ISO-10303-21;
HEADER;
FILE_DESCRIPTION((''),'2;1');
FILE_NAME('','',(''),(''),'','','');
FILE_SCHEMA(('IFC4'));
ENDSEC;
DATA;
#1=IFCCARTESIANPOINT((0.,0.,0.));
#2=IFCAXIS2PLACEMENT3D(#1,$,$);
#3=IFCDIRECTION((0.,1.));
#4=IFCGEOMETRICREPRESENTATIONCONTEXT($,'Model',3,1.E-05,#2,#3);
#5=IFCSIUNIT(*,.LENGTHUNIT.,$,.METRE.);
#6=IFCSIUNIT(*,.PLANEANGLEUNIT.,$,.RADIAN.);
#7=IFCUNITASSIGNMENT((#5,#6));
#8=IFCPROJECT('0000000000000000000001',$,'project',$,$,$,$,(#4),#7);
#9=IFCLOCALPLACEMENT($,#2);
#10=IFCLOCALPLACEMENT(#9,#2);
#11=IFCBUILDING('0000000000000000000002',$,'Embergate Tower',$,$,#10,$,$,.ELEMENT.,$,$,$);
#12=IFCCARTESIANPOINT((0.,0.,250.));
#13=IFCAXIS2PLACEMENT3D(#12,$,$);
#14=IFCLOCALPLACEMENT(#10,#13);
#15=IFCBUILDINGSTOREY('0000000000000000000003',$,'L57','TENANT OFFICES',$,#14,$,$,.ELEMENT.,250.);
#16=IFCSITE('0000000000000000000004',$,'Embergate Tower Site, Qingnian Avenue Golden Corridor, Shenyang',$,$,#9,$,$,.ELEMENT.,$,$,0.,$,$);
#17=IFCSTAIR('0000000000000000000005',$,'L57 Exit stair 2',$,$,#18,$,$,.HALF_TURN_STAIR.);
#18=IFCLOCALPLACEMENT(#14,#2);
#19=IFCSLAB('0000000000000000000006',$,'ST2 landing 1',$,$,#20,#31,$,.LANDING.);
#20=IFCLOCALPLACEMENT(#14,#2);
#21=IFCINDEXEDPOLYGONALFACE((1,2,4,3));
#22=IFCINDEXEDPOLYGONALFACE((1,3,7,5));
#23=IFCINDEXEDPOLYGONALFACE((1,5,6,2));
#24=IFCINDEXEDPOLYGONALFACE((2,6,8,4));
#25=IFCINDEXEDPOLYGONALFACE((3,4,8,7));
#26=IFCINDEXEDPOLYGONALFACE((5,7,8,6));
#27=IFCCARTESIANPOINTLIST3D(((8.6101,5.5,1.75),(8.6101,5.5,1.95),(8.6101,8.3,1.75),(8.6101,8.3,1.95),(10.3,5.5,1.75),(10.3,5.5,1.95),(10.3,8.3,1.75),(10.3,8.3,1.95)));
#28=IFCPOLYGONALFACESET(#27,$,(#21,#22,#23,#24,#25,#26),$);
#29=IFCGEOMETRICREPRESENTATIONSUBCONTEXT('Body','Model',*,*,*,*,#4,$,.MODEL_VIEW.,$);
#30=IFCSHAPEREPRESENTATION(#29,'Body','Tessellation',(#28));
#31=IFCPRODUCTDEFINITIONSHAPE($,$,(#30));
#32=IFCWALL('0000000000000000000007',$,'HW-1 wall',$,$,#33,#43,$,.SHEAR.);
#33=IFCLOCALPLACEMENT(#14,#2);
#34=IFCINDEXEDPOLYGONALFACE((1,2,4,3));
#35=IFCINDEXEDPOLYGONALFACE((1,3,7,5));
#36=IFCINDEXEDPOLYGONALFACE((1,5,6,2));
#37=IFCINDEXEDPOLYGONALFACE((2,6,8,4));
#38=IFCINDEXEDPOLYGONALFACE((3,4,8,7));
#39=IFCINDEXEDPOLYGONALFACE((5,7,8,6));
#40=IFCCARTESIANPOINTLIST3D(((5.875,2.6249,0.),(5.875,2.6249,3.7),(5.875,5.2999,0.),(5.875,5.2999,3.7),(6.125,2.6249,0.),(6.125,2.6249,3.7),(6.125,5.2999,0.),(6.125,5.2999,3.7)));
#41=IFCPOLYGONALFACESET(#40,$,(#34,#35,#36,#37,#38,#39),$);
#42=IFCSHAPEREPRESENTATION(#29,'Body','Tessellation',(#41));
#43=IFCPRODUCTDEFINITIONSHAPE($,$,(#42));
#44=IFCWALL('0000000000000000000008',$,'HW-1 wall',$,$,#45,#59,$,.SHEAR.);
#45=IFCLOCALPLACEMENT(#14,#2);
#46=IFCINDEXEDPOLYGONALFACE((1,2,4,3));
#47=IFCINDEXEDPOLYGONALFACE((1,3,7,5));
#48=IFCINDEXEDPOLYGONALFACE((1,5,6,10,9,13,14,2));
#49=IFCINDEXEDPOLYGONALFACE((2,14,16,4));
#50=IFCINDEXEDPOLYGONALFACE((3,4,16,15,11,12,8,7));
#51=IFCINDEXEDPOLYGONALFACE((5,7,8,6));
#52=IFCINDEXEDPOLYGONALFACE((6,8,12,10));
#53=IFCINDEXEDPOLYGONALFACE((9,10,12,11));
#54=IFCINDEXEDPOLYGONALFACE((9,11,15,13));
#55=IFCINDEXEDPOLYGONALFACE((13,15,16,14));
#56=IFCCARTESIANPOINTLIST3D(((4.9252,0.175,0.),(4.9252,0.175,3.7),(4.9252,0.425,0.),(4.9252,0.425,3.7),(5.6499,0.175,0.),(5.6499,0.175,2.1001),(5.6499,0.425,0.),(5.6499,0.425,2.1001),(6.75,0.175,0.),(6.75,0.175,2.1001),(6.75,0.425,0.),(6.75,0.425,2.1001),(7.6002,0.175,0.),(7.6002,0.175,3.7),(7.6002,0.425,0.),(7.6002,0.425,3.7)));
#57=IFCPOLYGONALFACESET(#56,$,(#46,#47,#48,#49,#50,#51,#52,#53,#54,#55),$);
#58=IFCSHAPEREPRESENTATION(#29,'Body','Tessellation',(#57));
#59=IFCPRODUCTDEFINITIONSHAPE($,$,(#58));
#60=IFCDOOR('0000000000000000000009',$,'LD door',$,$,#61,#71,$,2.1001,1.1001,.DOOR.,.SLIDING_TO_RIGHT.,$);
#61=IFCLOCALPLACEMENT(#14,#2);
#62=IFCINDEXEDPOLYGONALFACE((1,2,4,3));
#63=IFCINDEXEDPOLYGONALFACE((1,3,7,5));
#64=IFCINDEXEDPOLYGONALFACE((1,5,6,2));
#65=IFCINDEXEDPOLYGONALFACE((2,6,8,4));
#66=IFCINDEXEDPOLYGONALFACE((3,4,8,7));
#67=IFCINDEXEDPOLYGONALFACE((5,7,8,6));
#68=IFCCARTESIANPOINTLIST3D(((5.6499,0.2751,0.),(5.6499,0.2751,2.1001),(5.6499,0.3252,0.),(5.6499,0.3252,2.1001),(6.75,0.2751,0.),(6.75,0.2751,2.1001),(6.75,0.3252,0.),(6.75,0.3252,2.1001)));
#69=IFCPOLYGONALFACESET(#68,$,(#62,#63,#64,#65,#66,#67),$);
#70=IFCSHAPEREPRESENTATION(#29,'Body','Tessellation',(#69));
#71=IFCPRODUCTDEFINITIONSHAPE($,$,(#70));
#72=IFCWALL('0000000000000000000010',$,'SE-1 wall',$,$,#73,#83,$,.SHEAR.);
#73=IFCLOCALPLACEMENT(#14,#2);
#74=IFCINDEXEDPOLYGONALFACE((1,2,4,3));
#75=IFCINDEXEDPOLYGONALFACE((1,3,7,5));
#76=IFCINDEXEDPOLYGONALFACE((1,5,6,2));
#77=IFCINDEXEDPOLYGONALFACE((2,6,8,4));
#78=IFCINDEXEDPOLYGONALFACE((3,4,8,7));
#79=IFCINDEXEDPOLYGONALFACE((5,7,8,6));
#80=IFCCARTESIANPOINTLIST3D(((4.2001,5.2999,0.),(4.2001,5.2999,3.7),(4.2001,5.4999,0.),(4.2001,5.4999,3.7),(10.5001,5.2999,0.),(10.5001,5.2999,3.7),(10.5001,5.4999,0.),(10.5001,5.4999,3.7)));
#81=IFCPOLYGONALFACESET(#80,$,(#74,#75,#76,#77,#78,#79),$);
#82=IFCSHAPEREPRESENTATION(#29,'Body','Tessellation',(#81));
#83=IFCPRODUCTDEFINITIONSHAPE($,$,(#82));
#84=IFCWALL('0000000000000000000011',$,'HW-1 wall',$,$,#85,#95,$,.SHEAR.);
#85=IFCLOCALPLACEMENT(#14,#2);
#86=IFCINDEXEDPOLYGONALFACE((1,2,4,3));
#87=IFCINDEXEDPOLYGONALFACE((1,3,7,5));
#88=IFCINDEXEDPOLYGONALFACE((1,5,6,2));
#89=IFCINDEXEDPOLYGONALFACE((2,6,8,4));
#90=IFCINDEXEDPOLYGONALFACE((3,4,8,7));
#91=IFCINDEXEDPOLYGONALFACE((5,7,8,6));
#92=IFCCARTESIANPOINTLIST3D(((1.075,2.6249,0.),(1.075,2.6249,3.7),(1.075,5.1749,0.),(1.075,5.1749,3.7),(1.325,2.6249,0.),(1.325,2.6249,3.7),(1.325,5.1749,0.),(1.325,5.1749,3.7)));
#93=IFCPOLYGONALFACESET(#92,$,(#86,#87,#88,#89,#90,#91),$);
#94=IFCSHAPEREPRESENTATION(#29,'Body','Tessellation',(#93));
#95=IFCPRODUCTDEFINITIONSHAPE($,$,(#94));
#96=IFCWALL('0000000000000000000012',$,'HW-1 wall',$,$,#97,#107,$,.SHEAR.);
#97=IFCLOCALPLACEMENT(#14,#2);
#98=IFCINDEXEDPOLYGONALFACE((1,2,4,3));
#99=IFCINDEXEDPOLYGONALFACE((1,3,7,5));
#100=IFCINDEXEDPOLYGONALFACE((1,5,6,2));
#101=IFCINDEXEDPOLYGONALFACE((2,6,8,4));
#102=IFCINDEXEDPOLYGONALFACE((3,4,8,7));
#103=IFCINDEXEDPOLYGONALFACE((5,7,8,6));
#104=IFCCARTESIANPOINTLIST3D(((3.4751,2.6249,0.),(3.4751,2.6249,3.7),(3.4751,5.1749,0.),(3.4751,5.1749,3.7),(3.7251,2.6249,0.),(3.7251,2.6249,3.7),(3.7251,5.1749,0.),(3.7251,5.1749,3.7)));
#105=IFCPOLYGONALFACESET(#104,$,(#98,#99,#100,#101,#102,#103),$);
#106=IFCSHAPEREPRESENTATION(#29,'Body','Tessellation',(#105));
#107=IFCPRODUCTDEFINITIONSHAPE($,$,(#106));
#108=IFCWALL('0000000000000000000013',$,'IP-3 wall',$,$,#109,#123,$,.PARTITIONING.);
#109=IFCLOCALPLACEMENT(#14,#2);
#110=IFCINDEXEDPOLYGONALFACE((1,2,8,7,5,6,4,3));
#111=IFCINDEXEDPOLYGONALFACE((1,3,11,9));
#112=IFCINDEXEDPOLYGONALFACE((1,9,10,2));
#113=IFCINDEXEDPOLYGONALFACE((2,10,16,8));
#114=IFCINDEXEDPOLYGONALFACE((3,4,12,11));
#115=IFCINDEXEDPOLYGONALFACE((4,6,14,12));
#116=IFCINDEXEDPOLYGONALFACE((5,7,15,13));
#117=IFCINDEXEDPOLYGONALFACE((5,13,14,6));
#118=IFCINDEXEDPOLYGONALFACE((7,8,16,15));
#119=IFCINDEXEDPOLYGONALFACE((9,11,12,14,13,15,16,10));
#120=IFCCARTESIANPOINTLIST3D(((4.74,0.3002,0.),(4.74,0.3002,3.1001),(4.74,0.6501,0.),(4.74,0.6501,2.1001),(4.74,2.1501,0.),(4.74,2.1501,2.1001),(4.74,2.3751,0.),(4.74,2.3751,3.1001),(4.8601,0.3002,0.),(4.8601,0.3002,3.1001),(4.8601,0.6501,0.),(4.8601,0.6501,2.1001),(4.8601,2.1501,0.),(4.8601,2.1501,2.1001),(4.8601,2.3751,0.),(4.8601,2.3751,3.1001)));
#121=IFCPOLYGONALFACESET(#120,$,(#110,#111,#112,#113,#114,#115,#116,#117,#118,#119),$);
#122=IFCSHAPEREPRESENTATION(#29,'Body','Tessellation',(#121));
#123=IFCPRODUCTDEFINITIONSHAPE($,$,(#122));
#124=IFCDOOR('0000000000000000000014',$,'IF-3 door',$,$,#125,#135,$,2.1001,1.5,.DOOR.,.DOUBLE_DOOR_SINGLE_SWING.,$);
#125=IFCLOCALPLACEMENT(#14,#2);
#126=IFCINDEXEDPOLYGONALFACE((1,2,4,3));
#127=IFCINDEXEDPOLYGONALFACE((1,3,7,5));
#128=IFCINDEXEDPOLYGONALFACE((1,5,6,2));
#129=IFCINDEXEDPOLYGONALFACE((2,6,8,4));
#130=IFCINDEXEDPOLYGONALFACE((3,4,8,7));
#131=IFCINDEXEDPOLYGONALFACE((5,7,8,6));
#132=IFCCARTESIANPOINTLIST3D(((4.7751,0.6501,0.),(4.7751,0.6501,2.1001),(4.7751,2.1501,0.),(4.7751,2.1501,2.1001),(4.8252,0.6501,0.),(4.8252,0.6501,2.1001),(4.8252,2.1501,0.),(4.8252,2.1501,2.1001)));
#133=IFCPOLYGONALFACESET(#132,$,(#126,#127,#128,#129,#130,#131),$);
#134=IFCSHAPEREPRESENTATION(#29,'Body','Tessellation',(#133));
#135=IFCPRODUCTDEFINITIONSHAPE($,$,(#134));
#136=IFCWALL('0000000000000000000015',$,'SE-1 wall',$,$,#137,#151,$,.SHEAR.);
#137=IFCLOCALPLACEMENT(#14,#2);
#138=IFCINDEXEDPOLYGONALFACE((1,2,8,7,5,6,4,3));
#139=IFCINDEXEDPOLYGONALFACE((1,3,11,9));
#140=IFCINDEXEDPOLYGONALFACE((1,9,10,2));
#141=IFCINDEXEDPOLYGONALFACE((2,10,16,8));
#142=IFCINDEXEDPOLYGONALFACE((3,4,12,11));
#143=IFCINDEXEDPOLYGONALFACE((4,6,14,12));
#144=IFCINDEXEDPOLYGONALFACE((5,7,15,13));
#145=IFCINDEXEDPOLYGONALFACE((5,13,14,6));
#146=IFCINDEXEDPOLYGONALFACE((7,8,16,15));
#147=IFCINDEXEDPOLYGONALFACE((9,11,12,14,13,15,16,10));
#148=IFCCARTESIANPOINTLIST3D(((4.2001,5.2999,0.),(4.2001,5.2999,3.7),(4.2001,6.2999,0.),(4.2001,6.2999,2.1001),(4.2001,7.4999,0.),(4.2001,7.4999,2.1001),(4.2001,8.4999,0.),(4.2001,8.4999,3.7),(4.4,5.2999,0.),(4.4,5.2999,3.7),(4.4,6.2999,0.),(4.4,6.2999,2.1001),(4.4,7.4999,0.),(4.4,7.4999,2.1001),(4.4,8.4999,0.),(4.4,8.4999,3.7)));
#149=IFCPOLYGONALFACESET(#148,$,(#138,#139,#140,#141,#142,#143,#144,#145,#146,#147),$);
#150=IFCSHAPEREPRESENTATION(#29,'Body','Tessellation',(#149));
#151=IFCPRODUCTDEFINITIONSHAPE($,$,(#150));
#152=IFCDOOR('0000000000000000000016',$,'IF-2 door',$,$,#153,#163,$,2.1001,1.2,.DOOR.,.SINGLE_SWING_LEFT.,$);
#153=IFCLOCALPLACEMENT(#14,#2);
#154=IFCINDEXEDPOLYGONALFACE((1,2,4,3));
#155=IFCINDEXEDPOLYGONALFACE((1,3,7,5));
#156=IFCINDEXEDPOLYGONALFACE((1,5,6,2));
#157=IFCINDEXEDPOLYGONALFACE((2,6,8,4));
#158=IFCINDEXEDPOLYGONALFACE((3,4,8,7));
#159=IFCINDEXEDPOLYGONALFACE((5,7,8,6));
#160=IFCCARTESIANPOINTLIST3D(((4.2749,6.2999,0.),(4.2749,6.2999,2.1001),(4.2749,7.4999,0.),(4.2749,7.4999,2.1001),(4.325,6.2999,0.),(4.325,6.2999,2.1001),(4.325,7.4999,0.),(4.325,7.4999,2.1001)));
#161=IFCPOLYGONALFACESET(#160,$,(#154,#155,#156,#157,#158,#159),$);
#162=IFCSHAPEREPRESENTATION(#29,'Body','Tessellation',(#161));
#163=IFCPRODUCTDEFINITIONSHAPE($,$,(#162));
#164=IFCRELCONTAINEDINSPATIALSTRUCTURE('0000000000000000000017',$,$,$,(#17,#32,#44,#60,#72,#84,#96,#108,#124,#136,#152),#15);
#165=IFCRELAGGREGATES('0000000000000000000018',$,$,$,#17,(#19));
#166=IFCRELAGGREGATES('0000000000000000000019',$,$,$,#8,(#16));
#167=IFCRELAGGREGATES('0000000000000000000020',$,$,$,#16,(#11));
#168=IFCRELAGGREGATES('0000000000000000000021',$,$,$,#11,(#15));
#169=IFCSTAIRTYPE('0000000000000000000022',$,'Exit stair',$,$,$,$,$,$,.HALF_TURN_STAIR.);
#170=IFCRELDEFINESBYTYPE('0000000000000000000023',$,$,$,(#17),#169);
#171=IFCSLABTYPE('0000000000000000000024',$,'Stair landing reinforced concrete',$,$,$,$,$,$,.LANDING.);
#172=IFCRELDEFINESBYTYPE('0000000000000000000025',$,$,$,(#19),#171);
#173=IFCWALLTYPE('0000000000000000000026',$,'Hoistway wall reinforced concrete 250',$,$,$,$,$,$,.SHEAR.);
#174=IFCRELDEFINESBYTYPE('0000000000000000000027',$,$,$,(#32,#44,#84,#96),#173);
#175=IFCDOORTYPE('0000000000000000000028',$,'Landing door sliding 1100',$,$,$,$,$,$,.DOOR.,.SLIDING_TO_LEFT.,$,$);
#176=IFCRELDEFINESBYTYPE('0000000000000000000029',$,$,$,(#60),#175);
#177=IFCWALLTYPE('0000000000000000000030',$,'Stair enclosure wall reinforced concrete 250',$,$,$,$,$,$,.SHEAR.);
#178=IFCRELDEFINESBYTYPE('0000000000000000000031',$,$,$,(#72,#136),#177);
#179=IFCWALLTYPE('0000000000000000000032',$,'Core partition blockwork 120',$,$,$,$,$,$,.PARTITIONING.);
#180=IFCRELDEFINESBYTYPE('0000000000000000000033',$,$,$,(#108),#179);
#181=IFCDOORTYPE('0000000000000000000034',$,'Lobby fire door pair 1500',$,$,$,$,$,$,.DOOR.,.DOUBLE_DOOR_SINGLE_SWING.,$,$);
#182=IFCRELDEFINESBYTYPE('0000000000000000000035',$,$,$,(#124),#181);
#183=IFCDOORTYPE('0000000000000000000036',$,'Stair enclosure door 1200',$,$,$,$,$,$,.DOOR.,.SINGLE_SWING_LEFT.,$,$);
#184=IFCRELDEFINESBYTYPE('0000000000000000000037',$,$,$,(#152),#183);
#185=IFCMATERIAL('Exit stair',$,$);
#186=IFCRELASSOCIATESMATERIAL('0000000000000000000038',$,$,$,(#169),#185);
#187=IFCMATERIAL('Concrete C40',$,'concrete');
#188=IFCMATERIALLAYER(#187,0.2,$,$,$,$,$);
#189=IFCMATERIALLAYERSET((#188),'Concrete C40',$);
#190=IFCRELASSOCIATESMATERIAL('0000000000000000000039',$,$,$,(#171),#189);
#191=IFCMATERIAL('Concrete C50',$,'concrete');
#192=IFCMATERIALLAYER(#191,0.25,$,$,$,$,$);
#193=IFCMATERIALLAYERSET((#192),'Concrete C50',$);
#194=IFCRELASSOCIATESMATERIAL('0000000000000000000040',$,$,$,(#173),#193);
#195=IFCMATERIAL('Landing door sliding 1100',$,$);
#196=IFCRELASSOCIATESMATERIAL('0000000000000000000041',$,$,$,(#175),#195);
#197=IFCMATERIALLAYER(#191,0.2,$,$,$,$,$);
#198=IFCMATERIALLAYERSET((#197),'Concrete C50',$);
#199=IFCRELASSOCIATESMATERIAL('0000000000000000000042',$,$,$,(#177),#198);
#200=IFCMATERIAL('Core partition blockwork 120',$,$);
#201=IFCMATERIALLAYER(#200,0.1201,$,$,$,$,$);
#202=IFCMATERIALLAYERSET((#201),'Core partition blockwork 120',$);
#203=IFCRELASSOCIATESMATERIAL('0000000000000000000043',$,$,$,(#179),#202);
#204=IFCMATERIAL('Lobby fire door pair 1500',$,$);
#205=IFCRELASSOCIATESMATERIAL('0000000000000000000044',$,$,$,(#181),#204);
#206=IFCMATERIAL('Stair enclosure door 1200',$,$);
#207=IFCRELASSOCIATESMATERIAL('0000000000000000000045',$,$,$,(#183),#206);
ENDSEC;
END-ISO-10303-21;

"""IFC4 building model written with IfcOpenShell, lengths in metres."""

from ifc_helpers import new_model, si_unit, direction, frame, frame_2d, origin, place, context, subcontext, project, spatial, polyline, rectangle, outline, extrude, source, transform, mapped, material, layer, layer_set, type_object, element, fill, aggregate, save


model = new_model("IFC4")

# Units and contexts
model_context = context("Model", 3, precision=1e-05, world=origin(), true_north=direction((0.0, 1.0)))
body_context = subcontext(model_context, "Body", "Model", "MODEL_VIEW")
ifc_project = project(units=[si_unit("LENGTHUNIT", "METRE"), si_unit("PLANEANGLEUNIT", "RADIAN")], contexts=[model_context])

# Site, building, storey
site_placement = place(None, origin())
site = spatial("IfcSite", under=ifc_project, at=site_placement, Name="Embergate Tower Site, Qingnian Avenue Golden Corridor, Shenyang", CompositionType="ELEMENT", RefElevation=0.0)
building_placement = place(site_placement, origin())
building = spatial("IfcBuilding", under=site, at=building_placement, Name="Embergate Tower", CompositionType="ELEMENT")
storey_placement = place(building_placement, frame((0.0, 0.0, 250.0)))
storey = spatial("IfcBuildingStorey", under=building, at=storey_placement, Name="L57", Description="TENANT OFFICES", CompositionType="ELEMENT", Elevation=250.0)

# Stair, slab
ifc_material_1 = material(Name="Exit stair")
stair_type = type_object("IfcStairType", Name="Exit stair", PredefinedType="HALF_TURN_STAIR", material=ifc_material_1)
stair_placement = place(storey_placement, origin())
stair = element("IfcStair", 1, at=stair_placement, inside=storey, type_object=stair_type, Name="L57 Exit stair 2", PredefinedType="HALF_TURN_STAIR")
ifc_material_2 = material(Name="Concrete C40", Category="concrete")
ifc_layer_1 = layer(ifc_material_2, 0.2)
ifc_layer_set_1 = layer_set([ifc_layer_1], Name="Concrete C40")
slab_type = type_object("IfcSlabType", Name="Stair landing reinforced concrete", PredefinedType="LANDING", material=ifc_layer_set_1)
shared_shape_1 = source(origin(), body_context, "Body", "SweptSolid", [
    extrude(outline(polyline([(0.0, 0.0), (1.6899, 0.0), (1.6899, 2.8), (0.0, 2.8), (0.0, 0.0)])), origin(), (0.0, 0.0, 1.0), 0.2),
])
slab_placement = place(storey_placement, frame((8.6101, 5.5, 1.75)))
slab = element("IfcSlab", 2, at=slab_placement, type_object=slab_type, Name="ST2 landing 1", PredefinedType="LANDING", context=body_context, shape_type="MappedRepresentation", body=[
    mapped(shared_shape_1, transform((0.0, 0.0, 0.0))),
])

# Wall
ifc_material_3 = material(Name="Concrete C50", Category="concrete")
ifc_layer_2 = layer(ifc_material_3, 0.25)
ifc_layer_set_2 = layer_set([ifc_layer_2], Name="Concrete C50")
wall_type_1 = type_object("IfcWallType", Name="Hoistway wall reinforced concrete 250", PredefinedType="SHEAR", material=ifc_layer_set_2)
shared_shape_2 = source(origin(), body_context, "Body", "SweptSolid", [
    extrude(rectangle(XDim=2.675, YDim=0.25, at=frame_2d((1.3374, 0.0))), origin(), (0.0, 0.0, 1.0), 3.7),
])
wall_1_placement = place(storey_placement, frame((6.0, 2.625, 0.0), z_axis=(0.0, 0.0, 1.0), x_axis=(0.0, 1.0, 0.0)))
element("IfcWall", 3, at=wall_1_placement, inside=storey, type_object=wall_type_1, Name="HW-1 wall", PredefinedType="SHEAR", context=body_context, shape_type="MappedRepresentation", body=[
    mapped(shared_shape_2, transform((0.0, 0.0, 0.0))),
])

# Wall, opening, door
wall_2_placement = place(storey_placement, frame((7.6001, 0.3, 0.0), z_axis=(0.0, 0.0, 1.0), x_axis=(-1.0, 0.0, 0.0)))
wall_2 = element("IfcWall", 4, at=wall_2_placement, inside=storey, type_object=wall_type_1, Name="HW-1 wall", PredefinedType="SHEAR", context=body_context, shape_type="MappedRepresentation", body=[
    mapped(shared_shape_2, transform((0.0, 0.0, 0.0))),
])
shared_shape_3 = source(origin(), body_context, "Body", "SweptSolid", [
    extrude(rectangle(XDim=1.1001, YDim=2.1001, at=frame_2d((0.55, 1.05))), frame((0.0, 0.135, 0.0), z_axis=(0.0, -1.0, 0.0), x_axis=(1.0, 0.0, 0.0)), (0.0, 0.0, 1.0), 0.27),
])
opening_1_placement = place(wall_2_placement, frame((0.8501, 0.0, 0.0)))
opening_1 = element("IfcOpeningElement", 5, at=opening_1_placement, cuts=wall_2, PredefinedType="OPENING", context=body_context, shape_type="MappedRepresentation", body=[
    mapped(shared_shape_3, transform((0.0, 0.0, 0.0))),
])
ifc_material_4 = material(Name="Landing door sliding 1100")
door_type_1 = type_object("IfcDoorType", Name="Landing door sliding 1100", OperationType="SLIDING_TO_LEFT", PredefinedType="DOOR", material=ifc_material_4)
shared_shape_4 = source(origin(), body_context, "Body", "SweptSolid", [
    extrude(rectangle(XDim=1.1001, YDim=2.1001, at=frame_2d((0.55, 1.05))), frame((0.0, 0.0249, 0.0), z_axis=(0.0, -1.0, 0.0), x_axis=(1.0, 0.0, 0.0)), (0.0, 0.0, 1.0), 0.05),
])
door_1_placement = place(opening_1_placement, origin())
door_1 = element("IfcDoor", 6, at=door_1_placement, inside=storey, type_object=door_type_1, Name="LD door", OperationType="SLIDING_TO_RIGHT", OverallHeight=2.1001, OverallWidth=1.1001, PredefinedType="DOOR", context=body_context, shape_type="MappedRepresentation", body=[
    mapped(shared_shape_4, transform((0.0, 0.0, 0.0))),
])
fill(opening_1, door_1)

# Walls
ifc_layer_3 = layer(ifc_material_3, 0.2)
ifc_layer_set_3 = layer_set([ifc_layer_3], Name="Concrete C50")
wall_type_2 = type_object("IfcWallType", Name="Stair enclosure wall reinforced concrete 250", PredefinedType="SHEAR", material=ifc_layer_set_3)
shared_shape_5 = source(origin(), body_context, "Body", "SweptSolid", [
    extrude(rectangle(XDim=6.3, YDim=0.2, at=frame_2d((3.1499, 0.0))), origin(), (0.0, 0.0, 1.0), 3.7),
])
wall_3_placement = place(storey_placement, frame((10.5, 5.3999, 0.0), z_axis=(0.0, 0.0, 1.0), x_axis=(-1.0, 0.0, 0.0)))
element("IfcWall", 7, at=wall_3_placement, inside=storey, type_object=wall_type_2, Name="SE-1 wall", PredefinedType="SHEAR", context=body_context, shape_type="MappedRepresentation", body=[
    mapped(shared_shape_5, transform((0.0, 0.0, 0.0))),
])
shared_shape_6 = source(origin(), body_context, "Body", "SweptSolid", [
    extrude(rectangle(XDim=2.55, YDim=0.25, at=frame_2d((1.2749, 0.0))), origin(), (0.0, 0.0, 1.0), 3.7),
])
for number, where, z_axis, x_axis, name in (
    (8, (1.2, 2.625, 0.0), (0.0, 0.0, 1.0), (0.0, 1.0, 0.0), "HW-1 wall"),
    (9, (3.6001, 2.625, 0.0), (0.0, 0.0, 1.0), (0.0, 1.0, 0.0), "HW-1 wall"),
):
    element("IfcWall", number, at=place(storey_placement, frame(where, z_axis=z_axis, x_axis=x_axis)), inside=storey, type_object=wall_type_1, Name=name, PredefinedType="SHEAR", context=body_context, shape_type="MappedRepresentation", body=[
        mapped(shared_shape_6, transform((0.0, 0.0, 0.0))),
    ])

# Walls, openings, doors
ifc_material_5 = material(Name="Core partition blockwork 120")
ifc_layer_4 = layer(ifc_material_5, 0.1201)
ifc_layer_set_4 = layer_set([ifc_layer_4], Name="Core partition blockwork 120")
wall_type_3 = type_object("IfcWallType", Name="Core partition blockwork 120", PredefinedType="PARTITIONING", material=ifc_layer_set_4)
shared_shape_7 = source(origin(), body_context, "Body", "SweptSolid", [
    extrude(rectangle(XDim=2.075, YDim=0.1201, at=frame_2d((1.0376, 0.0))), origin(), (0.0, 0.0, 1.0), 3.1001),
])
wall_4_placement = place(storey_placement, frame((4.8, 0.3, 0.0), z_axis=(0.0, 0.0, 1.0), x_axis=(0.0, 1.0, 0.0)))
wall_4 = element("IfcWall", 10, at=wall_4_placement, inside=storey, type_object=wall_type_3, Name="IP-3 wall", PredefinedType="PARTITIONING", context=body_context, shape_type="MappedRepresentation", body=[
    mapped(shared_shape_7, transform((0.0, 0.0, 0.0))),
])
shared_shape_8 = source(origin(), body_context, "Body", "SweptSolid", [
    extrude(rectangle(XDim=1.5, YDim=2.1001, at=frame_2d((0.75, 1.05))), frame((0.0, 0.0701, 0.0), z_axis=(0.0, -1.0, 0.0), x_axis=(1.0, 0.0, 0.0)), (0.0, 0.0, 1.0), 0.1401),
])
opening_2_placement = place(wall_4_placement, frame((0.3501, 0.0, 0.0)))
opening_2 = element("IfcOpeningElement", 11, at=opening_2_placement, cuts=wall_4, PredefinedType="OPENING", context=body_context, shape_type="MappedRepresentation", body=[
    mapped(shared_shape_8, transform((0.0, 0.0, 0.0))),
])
ifc_material_6 = material(Name="Lobby fire door pair 1500")
door_type_2 = type_object("IfcDoorType", Name="Lobby fire door pair 1500", OperationType="DOUBLE_DOOR_SINGLE_SWING", PredefinedType="DOOR", material=ifc_material_6)
shared_shape_9 = source(origin(), body_context, "Body", "SweptSolid", [
    extrude(rectangle(XDim=1.5, YDim=2.1001, at=frame_2d((0.75, 1.05))), frame((0.0, 0.0249, 0.0), z_axis=(0.0, -1.0, 0.0), x_axis=(1.0, 0.0, 0.0)), (0.0, 0.0, 1.0), 0.05),
])
door_2_placement = place(opening_2_placement, origin())
door_2 = element("IfcDoor", 12, at=door_2_placement, inside=storey, type_object=door_type_2, Name="IF-3 door", OperationType="DOUBLE_DOOR_SINGLE_SWING", OverallHeight=2.1001, OverallWidth=1.5, PredefinedType="DOOR", context=body_context, shape_type="MappedRepresentation", body=[
    mapped(shared_shape_9, transform((0.0, 0.0, 0.0))),
])
fill(opening_2, door_2)
shared_shape_10 = source(origin(), body_context, "Body", "SweptSolid", [
    extrude(rectangle(XDim=3.2, YDim=0.2, at=frame_2d((1.6001, 0.0))), origin(), (0.0, 0.0, 1.0), 3.7),
])
wall_5_placement = place(storey_placement, frame((4.3, 8.5, 0.0), z_axis=(0.0, 0.0, 1.0), x_axis=(0.0, -1.0, 0.0)))
wall_5 = element("IfcWall", 13, at=wall_5_placement, inside=storey, type_object=wall_type_2, Name="SE-1 wall", PredefinedType="SHEAR", context=body_context, shape_type="MappedRepresentation", body=[
    mapped(shared_shape_10, transform((0.0, 0.0, 0.0))),
])
shared_shape_11 = source(origin(), body_context, "Body", "SweptSolid", [
    extrude(rectangle(XDim=1.2, YDim=2.1001, at=frame_2d((0.6001, 1.05))), frame((0.0, 0.1099, 0.0), z_axis=(0.0, -1.0, 0.0), x_axis=(1.0, 0.0, 0.0)), (0.0, 0.0, 1.0), 0.22),
])
opening_3_placement = place(wall_5_placement, frame((1.0, 0.0, 0.0)))
opening_3 = element("IfcOpeningElement", 14, at=opening_3_placement, cuts=wall_5, PredefinedType="OPENING", context=body_context, shape_type="MappedRepresentation", body=[
    mapped(shared_shape_11, transform((0.0, 0.0, 0.0))),
])
ifc_material_7 = material(Name="Stair enclosure door 1200")
door_type_3 = type_object("IfcDoorType", Name="Stair enclosure door 1200", OperationType="SINGLE_SWING_LEFT", PredefinedType="DOOR", material=ifc_material_7)
shared_shape_12 = source(origin(), body_context, "Body", "SweptSolid", [
    extrude(rectangle(XDim=1.2, YDim=2.1001, at=frame_2d((0.6001, 1.05))), frame((0.0, 0.0249, 0.0), z_axis=(0.0, -1.0, 0.0), x_axis=(1.0, 0.0, 0.0)), (0.0, 0.0, 1.0), 0.05),
])
door_3_placement = place(opening_3_placement, origin())
door_3 = element("IfcDoor", 15, at=door_3_placement, inside=storey, type_object=door_type_3, Name="IF-2 door", OperationType="SINGLE_SWING_LEFT", OverallHeight=2.1001, OverallWidth=1.2, PredefinedType="DOOR", context=body_context, shape_type="MappedRepresentation", body=[
    mapped(shared_shape_12, transform((0.0, 0.0, 0.0))),
])
fill(opening_3, door_3)

aggregate(stair, [slab])

save(model, "model.ifc")
